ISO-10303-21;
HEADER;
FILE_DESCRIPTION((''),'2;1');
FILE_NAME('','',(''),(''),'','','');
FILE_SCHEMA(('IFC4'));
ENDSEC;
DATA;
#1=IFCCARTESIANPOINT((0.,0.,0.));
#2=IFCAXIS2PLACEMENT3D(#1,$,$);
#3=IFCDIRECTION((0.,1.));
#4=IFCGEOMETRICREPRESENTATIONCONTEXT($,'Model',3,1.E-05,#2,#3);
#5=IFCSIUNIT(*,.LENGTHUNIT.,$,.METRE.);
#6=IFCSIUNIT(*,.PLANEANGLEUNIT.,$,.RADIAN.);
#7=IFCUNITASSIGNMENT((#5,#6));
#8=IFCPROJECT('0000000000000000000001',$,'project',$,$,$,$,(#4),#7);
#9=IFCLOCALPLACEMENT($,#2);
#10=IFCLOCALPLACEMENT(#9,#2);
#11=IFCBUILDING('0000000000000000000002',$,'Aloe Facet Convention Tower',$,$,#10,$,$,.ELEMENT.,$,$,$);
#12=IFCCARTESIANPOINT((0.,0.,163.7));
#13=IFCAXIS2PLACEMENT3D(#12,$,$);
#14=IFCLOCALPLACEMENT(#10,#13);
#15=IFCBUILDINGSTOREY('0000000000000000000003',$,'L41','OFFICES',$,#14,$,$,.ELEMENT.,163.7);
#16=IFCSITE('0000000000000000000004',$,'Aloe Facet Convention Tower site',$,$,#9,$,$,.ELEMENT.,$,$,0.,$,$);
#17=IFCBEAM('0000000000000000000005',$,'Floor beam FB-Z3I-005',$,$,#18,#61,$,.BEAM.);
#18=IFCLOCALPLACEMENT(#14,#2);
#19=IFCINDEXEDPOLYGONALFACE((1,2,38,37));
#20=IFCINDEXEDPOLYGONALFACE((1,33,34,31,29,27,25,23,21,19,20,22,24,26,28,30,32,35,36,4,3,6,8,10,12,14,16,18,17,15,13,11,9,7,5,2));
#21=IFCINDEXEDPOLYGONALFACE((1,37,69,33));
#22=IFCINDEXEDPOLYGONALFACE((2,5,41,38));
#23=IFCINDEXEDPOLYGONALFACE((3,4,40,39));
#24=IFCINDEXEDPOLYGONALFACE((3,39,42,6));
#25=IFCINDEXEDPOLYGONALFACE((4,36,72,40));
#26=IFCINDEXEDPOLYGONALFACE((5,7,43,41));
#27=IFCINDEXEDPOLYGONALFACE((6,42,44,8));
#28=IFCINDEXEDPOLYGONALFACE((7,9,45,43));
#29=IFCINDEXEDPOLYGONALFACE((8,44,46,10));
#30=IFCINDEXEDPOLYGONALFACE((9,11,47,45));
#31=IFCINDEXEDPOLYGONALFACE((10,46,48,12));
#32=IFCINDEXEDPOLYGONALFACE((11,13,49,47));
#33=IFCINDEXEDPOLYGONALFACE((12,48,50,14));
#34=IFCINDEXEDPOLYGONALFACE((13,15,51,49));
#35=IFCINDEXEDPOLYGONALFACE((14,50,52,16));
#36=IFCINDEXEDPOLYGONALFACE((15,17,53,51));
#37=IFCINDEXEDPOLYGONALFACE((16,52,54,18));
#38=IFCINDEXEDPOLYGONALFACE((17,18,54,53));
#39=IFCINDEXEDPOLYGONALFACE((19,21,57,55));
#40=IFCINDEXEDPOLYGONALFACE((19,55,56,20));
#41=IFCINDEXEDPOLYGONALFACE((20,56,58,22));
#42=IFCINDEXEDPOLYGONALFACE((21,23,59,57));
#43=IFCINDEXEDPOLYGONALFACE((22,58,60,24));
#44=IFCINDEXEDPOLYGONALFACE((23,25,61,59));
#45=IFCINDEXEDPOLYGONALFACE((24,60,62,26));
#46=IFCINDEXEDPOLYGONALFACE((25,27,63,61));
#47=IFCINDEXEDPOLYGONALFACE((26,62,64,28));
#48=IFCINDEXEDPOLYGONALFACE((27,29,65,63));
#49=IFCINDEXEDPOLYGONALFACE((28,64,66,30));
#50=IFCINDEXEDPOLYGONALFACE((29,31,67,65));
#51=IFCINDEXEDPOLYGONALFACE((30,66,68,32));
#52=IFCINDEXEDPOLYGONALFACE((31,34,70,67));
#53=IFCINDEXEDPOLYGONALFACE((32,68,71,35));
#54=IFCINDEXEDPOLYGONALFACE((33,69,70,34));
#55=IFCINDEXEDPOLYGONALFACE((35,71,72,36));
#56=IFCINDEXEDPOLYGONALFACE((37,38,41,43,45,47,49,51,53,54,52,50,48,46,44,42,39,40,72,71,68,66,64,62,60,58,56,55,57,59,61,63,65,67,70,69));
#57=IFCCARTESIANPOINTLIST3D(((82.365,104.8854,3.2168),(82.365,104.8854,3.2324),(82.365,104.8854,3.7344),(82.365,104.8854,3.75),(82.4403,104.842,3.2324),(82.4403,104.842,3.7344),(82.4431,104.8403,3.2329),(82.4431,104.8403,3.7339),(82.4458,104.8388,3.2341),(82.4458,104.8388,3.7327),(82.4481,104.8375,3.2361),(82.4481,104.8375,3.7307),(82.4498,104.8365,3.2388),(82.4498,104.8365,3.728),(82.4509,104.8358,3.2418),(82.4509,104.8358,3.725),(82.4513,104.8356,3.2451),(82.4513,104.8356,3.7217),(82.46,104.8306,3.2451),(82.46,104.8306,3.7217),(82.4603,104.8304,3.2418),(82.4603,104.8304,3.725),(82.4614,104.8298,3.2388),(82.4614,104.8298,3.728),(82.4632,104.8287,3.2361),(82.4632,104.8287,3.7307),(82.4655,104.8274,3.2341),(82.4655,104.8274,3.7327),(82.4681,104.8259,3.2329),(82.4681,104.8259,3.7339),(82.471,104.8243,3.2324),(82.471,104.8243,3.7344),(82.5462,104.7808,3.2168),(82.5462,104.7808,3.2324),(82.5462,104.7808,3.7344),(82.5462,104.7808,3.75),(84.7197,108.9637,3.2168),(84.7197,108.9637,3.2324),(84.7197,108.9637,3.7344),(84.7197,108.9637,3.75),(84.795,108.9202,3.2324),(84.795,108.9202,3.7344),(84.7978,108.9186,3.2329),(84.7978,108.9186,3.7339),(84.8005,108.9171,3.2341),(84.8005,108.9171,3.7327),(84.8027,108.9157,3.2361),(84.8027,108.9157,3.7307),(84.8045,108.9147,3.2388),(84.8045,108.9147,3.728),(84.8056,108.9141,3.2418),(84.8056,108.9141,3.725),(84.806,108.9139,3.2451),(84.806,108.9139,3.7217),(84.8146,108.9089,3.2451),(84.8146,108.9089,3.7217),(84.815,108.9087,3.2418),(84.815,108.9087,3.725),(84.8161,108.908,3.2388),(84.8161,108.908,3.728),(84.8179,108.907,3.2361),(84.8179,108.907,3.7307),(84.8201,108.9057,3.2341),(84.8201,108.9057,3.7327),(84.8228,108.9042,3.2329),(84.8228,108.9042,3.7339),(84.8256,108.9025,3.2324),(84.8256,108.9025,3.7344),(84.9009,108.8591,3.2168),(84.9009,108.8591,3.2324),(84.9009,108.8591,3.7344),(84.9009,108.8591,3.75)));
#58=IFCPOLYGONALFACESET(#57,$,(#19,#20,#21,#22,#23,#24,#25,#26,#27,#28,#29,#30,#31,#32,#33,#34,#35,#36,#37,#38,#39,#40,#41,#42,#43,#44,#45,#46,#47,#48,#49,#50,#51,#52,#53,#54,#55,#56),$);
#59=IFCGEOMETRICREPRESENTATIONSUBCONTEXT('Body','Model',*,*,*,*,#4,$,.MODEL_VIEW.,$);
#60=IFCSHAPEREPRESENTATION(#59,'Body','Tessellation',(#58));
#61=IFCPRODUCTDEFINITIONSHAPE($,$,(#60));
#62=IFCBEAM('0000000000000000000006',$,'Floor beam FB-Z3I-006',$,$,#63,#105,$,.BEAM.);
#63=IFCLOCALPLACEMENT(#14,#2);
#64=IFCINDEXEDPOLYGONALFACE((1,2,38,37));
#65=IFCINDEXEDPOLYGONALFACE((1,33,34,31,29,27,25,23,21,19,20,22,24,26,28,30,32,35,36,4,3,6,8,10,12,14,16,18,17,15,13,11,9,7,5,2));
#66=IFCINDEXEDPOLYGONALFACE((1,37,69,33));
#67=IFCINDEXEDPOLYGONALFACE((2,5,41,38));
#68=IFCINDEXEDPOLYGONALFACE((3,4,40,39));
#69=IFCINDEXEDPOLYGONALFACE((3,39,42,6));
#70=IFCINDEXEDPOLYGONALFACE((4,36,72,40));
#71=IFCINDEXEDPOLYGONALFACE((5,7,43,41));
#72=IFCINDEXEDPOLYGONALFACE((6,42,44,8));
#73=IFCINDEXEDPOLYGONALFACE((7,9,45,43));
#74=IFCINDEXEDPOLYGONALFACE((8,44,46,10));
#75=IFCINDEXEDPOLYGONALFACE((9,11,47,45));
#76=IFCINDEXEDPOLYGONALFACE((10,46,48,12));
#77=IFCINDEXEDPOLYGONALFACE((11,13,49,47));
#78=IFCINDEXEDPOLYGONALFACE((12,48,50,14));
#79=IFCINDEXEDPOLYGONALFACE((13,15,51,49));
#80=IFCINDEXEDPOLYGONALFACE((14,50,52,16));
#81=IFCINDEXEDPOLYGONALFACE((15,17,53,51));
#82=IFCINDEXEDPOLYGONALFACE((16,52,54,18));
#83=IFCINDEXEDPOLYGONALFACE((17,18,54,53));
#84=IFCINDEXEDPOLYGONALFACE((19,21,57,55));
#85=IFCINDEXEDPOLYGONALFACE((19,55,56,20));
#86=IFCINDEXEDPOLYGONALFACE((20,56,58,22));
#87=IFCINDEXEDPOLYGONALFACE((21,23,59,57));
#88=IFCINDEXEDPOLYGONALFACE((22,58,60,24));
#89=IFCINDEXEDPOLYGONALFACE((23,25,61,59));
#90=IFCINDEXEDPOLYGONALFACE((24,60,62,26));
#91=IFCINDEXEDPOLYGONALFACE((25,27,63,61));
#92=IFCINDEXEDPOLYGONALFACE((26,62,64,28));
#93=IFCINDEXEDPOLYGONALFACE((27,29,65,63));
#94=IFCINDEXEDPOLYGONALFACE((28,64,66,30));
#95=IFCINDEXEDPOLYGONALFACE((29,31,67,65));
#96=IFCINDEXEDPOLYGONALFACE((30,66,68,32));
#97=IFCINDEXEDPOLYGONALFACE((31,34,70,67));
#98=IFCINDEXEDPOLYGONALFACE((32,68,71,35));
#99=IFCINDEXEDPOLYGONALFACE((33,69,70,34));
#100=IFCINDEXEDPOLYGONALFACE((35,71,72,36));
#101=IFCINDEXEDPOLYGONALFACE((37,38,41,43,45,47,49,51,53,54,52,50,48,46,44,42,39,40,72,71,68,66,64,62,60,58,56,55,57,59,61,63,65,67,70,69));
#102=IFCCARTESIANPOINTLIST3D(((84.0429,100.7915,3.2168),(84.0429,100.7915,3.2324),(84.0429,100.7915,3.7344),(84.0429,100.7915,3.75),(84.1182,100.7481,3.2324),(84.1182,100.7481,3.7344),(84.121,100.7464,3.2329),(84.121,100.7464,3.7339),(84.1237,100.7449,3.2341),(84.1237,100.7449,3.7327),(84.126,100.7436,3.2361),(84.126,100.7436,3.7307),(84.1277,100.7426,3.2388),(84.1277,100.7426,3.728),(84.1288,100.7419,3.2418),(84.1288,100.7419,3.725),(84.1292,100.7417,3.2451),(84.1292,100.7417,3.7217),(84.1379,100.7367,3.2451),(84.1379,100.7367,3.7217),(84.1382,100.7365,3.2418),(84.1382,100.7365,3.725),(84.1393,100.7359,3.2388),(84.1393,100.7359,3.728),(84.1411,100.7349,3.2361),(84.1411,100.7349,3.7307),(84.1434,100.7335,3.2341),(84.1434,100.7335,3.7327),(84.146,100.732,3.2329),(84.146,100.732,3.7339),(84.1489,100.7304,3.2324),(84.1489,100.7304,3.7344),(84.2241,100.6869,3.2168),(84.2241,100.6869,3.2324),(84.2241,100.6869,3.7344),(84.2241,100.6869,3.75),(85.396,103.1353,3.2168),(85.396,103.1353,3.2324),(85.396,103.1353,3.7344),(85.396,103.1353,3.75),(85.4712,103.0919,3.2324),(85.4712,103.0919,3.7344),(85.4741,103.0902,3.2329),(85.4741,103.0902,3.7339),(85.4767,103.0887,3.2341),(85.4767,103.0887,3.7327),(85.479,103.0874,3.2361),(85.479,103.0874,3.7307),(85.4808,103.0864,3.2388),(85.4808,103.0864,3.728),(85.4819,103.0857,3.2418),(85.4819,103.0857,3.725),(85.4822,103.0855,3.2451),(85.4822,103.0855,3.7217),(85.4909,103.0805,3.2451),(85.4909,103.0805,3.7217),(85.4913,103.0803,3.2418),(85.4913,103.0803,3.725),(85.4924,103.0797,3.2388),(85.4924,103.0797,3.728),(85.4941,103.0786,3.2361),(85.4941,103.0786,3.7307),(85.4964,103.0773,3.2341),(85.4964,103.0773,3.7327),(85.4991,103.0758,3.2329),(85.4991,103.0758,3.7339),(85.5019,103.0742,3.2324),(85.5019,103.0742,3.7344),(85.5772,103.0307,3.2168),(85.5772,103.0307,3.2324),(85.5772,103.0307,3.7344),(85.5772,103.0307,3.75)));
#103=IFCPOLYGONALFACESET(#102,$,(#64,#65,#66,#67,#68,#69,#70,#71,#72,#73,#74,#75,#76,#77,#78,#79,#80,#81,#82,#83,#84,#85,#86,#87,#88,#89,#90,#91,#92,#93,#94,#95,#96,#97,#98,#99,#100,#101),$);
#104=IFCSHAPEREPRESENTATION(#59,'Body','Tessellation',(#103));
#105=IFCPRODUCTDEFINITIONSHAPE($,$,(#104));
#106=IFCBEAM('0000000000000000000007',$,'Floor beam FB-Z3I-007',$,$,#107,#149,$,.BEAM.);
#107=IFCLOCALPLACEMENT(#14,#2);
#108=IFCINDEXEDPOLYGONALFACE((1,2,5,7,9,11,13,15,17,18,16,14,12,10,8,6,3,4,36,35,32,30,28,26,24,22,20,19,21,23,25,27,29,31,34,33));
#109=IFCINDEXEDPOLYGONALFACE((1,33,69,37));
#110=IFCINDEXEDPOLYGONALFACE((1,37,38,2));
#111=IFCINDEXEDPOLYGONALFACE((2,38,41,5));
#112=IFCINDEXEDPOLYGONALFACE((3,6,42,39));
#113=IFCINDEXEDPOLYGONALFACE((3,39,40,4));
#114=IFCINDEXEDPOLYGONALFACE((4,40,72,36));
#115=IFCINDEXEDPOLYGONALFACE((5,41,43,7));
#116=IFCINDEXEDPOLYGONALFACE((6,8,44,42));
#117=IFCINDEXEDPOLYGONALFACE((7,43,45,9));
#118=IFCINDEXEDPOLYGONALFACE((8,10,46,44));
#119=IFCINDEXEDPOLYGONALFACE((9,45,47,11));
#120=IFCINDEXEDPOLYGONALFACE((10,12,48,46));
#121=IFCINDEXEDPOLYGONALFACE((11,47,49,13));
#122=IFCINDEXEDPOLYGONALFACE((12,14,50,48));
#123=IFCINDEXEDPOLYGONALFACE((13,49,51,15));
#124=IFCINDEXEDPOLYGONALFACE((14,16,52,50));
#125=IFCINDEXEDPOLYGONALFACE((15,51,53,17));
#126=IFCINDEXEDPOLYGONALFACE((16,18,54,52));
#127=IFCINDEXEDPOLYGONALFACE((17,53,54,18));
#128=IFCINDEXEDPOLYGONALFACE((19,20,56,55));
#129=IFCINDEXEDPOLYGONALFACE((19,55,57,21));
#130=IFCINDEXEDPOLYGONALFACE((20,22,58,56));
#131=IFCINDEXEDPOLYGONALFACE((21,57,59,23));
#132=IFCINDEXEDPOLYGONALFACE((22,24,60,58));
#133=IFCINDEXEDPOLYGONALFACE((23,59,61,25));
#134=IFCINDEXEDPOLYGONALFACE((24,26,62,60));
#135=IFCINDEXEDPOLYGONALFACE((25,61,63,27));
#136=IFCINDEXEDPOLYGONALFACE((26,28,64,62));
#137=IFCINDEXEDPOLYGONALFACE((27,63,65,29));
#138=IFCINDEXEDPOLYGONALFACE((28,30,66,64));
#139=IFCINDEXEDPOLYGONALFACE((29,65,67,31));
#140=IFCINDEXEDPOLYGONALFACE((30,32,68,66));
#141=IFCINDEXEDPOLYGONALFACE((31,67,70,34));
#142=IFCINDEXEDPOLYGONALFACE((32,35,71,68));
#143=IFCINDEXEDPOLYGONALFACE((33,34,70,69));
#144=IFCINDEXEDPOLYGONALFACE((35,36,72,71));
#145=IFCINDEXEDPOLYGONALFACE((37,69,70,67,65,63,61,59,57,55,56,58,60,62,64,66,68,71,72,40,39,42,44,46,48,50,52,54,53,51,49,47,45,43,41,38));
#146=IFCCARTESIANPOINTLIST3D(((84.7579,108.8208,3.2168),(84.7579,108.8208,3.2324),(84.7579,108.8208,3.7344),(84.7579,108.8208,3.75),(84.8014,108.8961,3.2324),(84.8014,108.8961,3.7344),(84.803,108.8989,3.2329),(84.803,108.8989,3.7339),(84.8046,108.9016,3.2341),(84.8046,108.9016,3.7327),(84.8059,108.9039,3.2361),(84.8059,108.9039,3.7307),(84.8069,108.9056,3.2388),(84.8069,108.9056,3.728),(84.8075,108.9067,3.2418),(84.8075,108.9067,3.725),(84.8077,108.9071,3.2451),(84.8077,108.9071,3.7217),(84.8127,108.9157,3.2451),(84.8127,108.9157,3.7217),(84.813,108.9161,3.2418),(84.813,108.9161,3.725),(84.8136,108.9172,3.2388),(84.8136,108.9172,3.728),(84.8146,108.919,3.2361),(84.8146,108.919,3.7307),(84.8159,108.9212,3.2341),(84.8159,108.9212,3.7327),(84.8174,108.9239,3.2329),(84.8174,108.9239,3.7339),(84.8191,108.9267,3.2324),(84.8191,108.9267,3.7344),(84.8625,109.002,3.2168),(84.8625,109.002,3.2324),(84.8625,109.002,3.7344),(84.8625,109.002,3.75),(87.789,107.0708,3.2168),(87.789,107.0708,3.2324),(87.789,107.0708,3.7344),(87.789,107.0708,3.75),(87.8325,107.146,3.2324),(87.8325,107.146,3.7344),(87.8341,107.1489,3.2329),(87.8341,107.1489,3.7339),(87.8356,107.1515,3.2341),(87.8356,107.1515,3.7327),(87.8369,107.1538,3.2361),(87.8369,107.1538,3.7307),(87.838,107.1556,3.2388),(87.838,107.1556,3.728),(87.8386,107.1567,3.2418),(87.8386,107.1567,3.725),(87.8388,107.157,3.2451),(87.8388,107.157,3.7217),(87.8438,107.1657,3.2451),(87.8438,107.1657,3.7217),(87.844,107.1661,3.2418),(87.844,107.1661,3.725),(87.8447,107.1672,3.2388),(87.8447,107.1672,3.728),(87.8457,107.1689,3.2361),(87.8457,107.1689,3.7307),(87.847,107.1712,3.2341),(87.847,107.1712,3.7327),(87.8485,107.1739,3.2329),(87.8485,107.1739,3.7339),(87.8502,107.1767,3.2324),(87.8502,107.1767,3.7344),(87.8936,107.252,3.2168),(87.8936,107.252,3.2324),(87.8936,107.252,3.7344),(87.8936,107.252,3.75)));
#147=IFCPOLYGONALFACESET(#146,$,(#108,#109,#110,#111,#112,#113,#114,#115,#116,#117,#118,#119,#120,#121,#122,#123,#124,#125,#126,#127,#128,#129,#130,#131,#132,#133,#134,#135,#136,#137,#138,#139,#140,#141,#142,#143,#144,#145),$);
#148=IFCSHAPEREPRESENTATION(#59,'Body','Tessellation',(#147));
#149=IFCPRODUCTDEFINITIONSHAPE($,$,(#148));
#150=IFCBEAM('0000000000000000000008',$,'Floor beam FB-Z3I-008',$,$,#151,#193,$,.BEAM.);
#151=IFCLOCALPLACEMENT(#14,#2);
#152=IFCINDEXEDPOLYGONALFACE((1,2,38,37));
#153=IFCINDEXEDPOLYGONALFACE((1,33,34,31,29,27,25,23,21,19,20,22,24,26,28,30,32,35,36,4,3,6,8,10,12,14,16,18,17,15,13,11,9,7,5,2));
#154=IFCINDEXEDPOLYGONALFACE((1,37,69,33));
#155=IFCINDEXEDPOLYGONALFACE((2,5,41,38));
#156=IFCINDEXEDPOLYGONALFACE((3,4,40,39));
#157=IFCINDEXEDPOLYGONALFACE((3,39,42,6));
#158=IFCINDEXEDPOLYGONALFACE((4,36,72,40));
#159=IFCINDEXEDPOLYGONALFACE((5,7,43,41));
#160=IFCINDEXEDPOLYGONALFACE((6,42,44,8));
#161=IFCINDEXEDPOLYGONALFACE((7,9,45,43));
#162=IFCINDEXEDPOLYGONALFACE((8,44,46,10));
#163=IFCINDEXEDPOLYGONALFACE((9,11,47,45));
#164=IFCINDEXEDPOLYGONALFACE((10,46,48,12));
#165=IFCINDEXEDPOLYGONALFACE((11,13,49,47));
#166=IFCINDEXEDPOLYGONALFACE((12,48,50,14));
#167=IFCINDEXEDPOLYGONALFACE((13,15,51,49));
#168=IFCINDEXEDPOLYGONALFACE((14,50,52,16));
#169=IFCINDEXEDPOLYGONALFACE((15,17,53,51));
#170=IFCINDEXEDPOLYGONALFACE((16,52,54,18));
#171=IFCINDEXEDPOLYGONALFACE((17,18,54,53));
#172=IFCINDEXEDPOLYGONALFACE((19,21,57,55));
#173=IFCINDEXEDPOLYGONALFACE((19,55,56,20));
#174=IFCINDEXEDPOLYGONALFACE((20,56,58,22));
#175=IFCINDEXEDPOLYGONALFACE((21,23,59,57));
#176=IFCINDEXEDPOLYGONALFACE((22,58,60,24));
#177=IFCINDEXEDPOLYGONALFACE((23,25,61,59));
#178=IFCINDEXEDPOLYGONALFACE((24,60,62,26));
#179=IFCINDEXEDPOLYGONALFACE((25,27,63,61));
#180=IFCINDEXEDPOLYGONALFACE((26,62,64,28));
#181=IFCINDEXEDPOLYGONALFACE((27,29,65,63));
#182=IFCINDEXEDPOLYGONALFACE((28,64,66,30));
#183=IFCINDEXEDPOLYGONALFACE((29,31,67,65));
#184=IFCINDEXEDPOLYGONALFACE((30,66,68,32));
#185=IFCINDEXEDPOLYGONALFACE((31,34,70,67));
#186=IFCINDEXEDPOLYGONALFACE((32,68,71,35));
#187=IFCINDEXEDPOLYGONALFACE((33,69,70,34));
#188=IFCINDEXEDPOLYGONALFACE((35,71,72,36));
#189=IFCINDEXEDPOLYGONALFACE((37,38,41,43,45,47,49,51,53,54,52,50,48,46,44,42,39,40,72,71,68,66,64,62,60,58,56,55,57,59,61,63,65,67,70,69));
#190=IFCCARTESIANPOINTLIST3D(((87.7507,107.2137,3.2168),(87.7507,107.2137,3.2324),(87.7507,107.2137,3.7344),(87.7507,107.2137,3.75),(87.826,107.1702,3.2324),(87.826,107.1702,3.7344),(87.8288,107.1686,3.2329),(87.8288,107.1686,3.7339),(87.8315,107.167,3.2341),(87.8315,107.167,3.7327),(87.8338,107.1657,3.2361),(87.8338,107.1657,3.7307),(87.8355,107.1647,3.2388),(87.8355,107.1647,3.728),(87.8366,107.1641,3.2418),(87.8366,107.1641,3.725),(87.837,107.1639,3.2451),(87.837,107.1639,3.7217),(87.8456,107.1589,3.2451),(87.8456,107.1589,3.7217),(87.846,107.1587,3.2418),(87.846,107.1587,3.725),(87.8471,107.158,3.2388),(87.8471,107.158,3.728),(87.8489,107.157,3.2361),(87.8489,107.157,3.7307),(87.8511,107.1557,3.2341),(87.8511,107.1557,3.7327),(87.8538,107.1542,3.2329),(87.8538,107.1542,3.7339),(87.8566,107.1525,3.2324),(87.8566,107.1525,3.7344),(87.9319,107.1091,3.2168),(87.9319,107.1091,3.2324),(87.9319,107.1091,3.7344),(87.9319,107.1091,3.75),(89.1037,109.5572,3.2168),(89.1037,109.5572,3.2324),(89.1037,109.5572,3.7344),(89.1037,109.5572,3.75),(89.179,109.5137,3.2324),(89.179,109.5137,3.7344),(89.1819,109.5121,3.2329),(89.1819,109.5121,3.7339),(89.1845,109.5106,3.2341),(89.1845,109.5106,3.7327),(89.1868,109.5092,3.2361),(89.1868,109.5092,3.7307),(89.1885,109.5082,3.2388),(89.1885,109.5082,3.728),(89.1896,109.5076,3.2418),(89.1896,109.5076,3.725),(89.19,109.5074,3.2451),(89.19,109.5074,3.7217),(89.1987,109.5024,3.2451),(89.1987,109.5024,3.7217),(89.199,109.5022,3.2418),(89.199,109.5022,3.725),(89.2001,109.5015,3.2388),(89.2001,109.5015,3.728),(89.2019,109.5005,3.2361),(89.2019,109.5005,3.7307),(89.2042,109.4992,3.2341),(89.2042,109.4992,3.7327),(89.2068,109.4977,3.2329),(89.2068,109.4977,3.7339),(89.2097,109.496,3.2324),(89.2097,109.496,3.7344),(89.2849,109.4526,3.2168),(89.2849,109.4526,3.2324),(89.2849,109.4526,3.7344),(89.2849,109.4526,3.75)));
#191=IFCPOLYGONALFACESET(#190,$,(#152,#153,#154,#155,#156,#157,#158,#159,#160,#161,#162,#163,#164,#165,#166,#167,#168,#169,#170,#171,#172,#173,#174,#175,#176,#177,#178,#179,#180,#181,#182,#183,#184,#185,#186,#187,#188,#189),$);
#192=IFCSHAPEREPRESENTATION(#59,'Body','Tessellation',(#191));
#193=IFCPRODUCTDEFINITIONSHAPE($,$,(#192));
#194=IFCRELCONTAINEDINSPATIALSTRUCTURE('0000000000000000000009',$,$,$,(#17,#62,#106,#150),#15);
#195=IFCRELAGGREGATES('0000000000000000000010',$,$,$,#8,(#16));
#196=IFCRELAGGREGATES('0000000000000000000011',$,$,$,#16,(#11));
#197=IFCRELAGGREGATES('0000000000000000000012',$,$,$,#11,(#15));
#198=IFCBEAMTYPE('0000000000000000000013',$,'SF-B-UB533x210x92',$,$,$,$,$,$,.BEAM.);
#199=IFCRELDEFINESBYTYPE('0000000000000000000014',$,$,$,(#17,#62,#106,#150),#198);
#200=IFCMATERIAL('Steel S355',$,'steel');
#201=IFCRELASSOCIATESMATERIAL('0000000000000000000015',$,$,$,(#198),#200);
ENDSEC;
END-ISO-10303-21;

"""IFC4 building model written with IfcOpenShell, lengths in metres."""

from ifc_helpers import new_model, si_unit, direction, frame, origin, origin_2d, place, context, subcontext, project, spatial, i_section, extrude, material, material_profile, profile_set, type_object, element, save


model = new_model("IFC4")

# Units and contexts
model_context = context("Model", 3, precision=1e-05, world=origin(), true_north=direction((0.0, 1.0)))
body_context = subcontext(model_context, "Body", "Model", "MODEL_VIEW")
ifc_project = project(units=[si_unit("LENGTHUNIT", "METRE"), si_unit("PLANEANGLEUNIT", "RADIAN")], contexts=[model_context])

# Site, building, storey
site_placement = place(None, origin())
site = spatial("IfcSite", under=ifc_project, at=site_placement, Name="Aloe Facet Convention Tower site", CompositionType="ELEMENT", RefElevation=0.0)
building_placement = place(site_placement, origin())
building = spatial("IfcBuilding", under=site, at=building_placement, Name="Aloe Facet Convention Tower", CompositionType="ELEMENT")
storey_placement = place(building_placement, frame((0.0, 0.0, 163.7)))
storey = spatial("IfcBuildingStorey", under=building, at=storey_placement, Name="L41", Description="OFFICES", CompositionType="ELEMENT", Elevation=163.7)

# Beams
ifc_material_1 = material(Name="Steel S355", Category="steel")
ifc_material_profile_1 = material_profile(ifc_material_1, i_section(OverallWidth=0.2092, OverallDepth=0.5332, WebThickness=0.01, FlangeThickness=0.0156, FilletRadius=0.0127, at=origin_2d()), Name="UB 533x210x92")
ifc_profile_set_1 = profile_set([ifc_material_profile_1], Name="Steel S355")
beam_type_1 = type_object("IfcBeamType", Name="SF-B-UB533x210x92", PredefinedType="BEAM", material=ifc_profile_set_1)
beam_1_placement = place(storey_placement, frame((84.8103, 108.9114, 3.4834), z_axis=(-0.500014, -0.866017, 0.0), x_axis=(0.866017, -0.500014, 0.0)))
element("IfcBeam", 1, at=beam_1_placement, inside=storey, type_object=beam_type_1, Name="Floor beam FB-Z3I-005", PredefinedType="BEAM", context=body_context, shape_type="SweptSolid", body=[
    extrude(i_section(OverallWidth=0.2092, OverallDepth=0.5332, WebThickness=0.01, FlangeThickness=0.0156, FilletRadius=0.0127, at=origin_2d()), origin(), (0.0, 0.0, 1.0), 4.7092),
])
beam_2_placement = place(storey_placement, frame((85.4866, 103.083, 3.4834), z_axis=(-0.499962, -0.866047, 0.0), x_axis=(0.866047, -0.499962, 0.0)))
element("IfcBeam", 2, at=beam_2_placement, inside=storey, type_object=beam_type_1, Name="Floor beam FB-Z3I-006", PredefinedType="BEAM", context=body_context, shape_type="SweptSolid", body=[
    extrude(i_section(OverallWidth=0.2092, OverallDepth=0.5332, WebThickness=0.01, FlangeThickness=0.0156, FilletRadius=0.0127, at=origin_2d()), origin(), (0.0, 0.0, 1.0), 2.7063),
])
beam_3_placement = place(storey_placement, frame((87.8413, 107.1614, 3.4834), z_axis=(-0.866019, 0.50001, 0.0), x_axis=(-0.50001, -0.866019, 0.0)))
element("IfcBeam", 3, at=beam_3_placement, inside=storey, type_object=beam_type_1, Name="Floor beam FB-Z3I-007", PredefinedType="BEAM", context=body_context, shape_type="SweptSolid", body=[
    extrude(i_section(OverallWidth=0.2092, OverallDepth=0.5332, WebThickness=0.01, FlangeThickness=0.0156, FilletRadius=0.0127, at=origin_2d()), origin(), (0.0, 0.0, 1.0), 3.5),
])
beam_4_placement = place(storey_placement, frame((89.1943, 109.5049, 3.4834), z_axis=(-0.500001, -0.866025, 0.0), x_axis=(0.866025, -0.500001, 0.0)))
element("IfcBeam", 4, at=beam_4_placement, inside=storey, type_object=beam_type_1, Name="Floor beam FB-Z3I-008", PredefinedType="BEAM", context=body_context, shape_type="SweptSolid", body=[
    extrude(i_section(OverallWidth=0.2092, OverallDepth=0.5332, WebThickness=0.01, FlangeThickness=0.0156, FilletRadius=0.0127, at=origin_2d()), origin(), (0.0, 0.0, 1.0), 2.7061),
])

save(model, "model.ifc")
